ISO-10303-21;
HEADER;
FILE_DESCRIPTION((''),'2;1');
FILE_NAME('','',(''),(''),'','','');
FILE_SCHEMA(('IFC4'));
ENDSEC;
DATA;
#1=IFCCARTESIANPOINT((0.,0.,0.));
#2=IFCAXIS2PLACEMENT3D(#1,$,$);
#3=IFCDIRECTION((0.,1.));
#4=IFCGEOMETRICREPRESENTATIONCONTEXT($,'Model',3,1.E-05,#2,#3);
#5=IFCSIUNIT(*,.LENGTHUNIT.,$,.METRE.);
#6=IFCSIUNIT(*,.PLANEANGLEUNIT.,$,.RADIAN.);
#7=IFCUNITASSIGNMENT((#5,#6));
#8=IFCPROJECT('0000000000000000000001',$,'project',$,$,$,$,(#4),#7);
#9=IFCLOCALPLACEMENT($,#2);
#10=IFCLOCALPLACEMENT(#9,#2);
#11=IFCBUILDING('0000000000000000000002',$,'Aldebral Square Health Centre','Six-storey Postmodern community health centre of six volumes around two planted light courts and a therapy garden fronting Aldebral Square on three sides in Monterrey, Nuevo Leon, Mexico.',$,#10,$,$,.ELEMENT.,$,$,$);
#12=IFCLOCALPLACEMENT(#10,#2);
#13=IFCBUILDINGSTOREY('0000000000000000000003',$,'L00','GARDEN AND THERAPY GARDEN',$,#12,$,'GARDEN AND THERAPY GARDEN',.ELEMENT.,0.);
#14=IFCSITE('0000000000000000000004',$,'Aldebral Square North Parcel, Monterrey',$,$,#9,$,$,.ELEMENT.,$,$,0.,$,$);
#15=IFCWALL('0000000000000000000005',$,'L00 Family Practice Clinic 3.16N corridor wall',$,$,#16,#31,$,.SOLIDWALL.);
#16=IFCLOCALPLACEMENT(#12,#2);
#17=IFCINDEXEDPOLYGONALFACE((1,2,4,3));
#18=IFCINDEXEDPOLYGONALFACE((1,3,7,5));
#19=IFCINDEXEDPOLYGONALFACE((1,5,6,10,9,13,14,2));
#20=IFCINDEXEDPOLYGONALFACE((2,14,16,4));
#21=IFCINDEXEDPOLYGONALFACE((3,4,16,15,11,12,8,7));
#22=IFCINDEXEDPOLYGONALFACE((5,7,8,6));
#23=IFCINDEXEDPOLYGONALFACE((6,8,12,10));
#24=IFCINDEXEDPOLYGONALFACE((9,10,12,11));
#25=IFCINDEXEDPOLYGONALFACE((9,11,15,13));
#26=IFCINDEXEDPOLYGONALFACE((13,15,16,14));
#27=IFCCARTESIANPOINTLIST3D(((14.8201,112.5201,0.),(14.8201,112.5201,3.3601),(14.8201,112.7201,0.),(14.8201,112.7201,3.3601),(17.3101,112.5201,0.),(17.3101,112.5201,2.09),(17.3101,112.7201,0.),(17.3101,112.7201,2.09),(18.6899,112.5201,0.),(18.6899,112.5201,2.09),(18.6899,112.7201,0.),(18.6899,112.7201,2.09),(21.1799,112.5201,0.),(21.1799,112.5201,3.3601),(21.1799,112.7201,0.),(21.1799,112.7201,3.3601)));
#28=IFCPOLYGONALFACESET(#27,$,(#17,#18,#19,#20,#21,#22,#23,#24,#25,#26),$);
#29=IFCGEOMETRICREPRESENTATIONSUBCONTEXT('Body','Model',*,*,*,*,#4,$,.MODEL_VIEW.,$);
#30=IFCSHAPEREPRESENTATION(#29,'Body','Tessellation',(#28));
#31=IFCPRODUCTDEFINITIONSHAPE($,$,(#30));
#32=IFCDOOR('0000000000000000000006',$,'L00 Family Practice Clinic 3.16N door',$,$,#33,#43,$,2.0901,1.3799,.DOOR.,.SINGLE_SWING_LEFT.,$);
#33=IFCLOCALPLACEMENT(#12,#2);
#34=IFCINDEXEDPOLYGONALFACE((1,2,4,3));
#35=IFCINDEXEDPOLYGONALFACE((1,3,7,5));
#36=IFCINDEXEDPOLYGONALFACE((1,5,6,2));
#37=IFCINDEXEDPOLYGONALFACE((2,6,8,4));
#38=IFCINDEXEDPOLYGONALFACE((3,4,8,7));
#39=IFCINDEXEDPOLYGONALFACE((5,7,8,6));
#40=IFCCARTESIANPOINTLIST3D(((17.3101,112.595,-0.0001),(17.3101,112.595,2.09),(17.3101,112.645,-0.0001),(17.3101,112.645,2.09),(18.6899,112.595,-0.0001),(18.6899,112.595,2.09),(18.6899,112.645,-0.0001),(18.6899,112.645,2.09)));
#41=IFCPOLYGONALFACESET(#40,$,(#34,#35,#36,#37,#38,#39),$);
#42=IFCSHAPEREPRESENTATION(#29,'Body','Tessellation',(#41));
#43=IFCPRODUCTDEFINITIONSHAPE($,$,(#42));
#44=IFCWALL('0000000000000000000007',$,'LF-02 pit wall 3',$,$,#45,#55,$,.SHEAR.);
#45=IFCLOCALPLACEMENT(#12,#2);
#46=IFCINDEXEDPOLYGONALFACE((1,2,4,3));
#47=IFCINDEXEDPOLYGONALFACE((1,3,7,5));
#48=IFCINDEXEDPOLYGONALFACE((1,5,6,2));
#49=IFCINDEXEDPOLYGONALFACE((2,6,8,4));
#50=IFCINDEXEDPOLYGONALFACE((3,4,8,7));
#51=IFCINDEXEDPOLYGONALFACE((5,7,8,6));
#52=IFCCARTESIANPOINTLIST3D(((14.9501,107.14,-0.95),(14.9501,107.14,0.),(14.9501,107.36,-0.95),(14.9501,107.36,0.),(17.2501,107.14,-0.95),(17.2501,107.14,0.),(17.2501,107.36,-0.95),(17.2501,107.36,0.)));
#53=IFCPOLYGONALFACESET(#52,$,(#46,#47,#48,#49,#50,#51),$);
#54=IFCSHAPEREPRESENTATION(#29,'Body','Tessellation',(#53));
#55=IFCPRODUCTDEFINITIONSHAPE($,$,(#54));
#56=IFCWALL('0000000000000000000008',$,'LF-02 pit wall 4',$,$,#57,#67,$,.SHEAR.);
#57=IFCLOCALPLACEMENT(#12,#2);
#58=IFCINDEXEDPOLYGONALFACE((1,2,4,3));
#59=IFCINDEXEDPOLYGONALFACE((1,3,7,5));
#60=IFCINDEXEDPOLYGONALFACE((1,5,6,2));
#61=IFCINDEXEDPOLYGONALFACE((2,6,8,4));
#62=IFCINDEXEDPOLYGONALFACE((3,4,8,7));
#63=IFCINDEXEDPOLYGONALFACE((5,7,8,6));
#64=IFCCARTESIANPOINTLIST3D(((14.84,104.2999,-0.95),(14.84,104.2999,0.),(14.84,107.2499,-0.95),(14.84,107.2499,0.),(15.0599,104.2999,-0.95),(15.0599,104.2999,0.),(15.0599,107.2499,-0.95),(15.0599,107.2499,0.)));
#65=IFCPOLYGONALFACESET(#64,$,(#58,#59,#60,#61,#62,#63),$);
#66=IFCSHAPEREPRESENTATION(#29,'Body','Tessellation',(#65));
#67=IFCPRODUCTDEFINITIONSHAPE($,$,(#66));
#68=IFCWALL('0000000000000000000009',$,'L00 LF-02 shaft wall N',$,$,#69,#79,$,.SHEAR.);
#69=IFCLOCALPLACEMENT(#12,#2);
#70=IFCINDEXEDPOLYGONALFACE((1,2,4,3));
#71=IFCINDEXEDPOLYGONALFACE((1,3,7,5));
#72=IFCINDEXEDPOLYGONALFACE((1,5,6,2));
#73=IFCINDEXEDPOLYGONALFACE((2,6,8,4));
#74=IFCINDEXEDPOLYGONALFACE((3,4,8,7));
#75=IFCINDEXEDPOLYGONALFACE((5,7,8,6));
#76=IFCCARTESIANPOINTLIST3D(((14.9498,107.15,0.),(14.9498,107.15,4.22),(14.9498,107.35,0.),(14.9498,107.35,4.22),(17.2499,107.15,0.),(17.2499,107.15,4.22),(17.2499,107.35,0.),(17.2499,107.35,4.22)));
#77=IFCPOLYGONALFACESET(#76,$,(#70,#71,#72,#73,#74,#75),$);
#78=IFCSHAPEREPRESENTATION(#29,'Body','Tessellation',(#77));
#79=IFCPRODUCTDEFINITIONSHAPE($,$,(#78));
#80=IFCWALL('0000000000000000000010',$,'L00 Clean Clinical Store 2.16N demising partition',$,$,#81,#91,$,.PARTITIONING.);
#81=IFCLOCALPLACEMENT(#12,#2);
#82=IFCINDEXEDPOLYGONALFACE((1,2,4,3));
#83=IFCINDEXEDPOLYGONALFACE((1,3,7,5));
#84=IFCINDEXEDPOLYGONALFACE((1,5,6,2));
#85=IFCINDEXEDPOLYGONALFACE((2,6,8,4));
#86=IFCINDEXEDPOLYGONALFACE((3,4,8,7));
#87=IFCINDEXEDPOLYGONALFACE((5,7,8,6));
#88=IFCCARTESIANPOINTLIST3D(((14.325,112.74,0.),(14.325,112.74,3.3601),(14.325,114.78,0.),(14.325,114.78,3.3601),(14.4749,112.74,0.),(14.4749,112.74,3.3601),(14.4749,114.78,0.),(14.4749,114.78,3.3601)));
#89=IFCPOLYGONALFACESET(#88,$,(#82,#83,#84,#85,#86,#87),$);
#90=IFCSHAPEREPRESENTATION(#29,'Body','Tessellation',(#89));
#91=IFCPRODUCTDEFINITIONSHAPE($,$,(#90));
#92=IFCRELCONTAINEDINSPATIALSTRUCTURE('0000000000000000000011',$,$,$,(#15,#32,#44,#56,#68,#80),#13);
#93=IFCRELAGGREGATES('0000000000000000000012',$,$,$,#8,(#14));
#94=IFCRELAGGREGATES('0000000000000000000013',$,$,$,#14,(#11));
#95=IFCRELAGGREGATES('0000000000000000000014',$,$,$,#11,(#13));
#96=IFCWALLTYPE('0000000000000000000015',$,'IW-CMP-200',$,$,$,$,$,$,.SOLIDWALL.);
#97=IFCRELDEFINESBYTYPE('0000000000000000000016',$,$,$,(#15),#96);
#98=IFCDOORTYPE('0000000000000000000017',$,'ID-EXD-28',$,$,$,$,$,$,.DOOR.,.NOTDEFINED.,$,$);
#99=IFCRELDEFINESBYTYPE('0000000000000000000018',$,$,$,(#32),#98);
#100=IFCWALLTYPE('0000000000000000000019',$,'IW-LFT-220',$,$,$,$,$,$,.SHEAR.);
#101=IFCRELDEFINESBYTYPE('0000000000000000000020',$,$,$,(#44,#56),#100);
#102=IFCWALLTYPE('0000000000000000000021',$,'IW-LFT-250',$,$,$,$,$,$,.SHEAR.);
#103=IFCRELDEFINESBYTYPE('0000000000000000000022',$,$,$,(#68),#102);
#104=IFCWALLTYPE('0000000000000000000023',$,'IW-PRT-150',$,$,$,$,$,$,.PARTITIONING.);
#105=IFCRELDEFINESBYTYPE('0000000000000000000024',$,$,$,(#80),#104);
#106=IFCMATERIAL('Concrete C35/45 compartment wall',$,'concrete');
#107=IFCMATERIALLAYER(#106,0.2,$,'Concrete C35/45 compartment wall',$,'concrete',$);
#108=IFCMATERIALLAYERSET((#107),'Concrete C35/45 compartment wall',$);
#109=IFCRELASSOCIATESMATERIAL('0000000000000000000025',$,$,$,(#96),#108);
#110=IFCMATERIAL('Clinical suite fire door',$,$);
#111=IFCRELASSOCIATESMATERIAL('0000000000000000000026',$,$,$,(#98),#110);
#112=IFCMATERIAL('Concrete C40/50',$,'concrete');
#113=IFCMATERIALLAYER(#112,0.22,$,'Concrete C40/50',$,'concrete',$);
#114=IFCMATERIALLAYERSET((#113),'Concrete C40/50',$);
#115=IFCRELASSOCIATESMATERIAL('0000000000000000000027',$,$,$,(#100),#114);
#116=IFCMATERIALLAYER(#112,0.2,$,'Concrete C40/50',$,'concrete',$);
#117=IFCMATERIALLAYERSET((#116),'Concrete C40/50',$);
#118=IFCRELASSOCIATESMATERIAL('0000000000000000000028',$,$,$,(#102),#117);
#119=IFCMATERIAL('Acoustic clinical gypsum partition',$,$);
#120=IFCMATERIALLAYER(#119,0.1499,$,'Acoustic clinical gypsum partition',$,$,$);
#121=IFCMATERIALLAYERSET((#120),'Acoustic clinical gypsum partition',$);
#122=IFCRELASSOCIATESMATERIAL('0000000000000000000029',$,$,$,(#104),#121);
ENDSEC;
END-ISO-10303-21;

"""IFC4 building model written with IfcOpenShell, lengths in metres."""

from ifc_helpers import new_model, si_unit, direction, frame, frame_2d, origin, place, context, subcontext, project, spatial, rectangle, extrude, material, layer, layer_set, type_object, element, fill, save


model = new_model("IFC4")

# Units and contexts
model_context = context("Model", 3, precision=1e-05, world=origin(), true_north=direction((0.0, 1.0)))
body_context = subcontext(model_context, "Body", "Model", "MODEL_VIEW")
ifc_project = project(units=[si_unit("LENGTHUNIT", "METRE"), si_unit("PLANEANGLEUNIT", "RADIAN")], contexts=[model_context])

# Site, building, storey
site_placement = place(None, origin())
site = spatial("IfcSite", under=ifc_project, at=site_placement, Name="Aldebral Square North Parcel, Monterrey", CompositionType="ELEMENT", RefElevation=0.0)
building_placement = place(site_placement, origin())
building = spatial("IfcBuilding", under=site, at=building_placement, Name="Aldebral Square Health Centre", Description="Six-storey Postmodern community health centre of six volumes around two planted light courts and a therapy garden fronting Aldebral Square on three sides in Monterrey, Nuevo Leon, Mexico.", CompositionType="ELEMENT")
storey_placement = place(building_placement, origin())
storey = spatial("IfcBuildingStorey", under=building, at=storey_placement, Name="L00", Description="GARDEN AND THERAPY GARDEN", LongName="GARDEN AND THERAPY GARDEN", CompositionType="ELEMENT", Elevation=0.0)

# Shared definitions
ifc_material_1 = material(Name="Concrete C40/50", Category="concrete")

# Wall, opening, door
ifc_material_2 = material(Name="Concrete C35/45 compartment wall", Category="concrete")
ifc_layer_1 = layer(ifc_material_2, 0.2, Name="Concrete C35/45 compartment wall", Category="concrete")
ifc_layer_set_1 = layer_set([ifc_layer_1], Name="Concrete C35/45 compartment wall")
wall_type_1 = type_object("IfcWallType", Name="IW-CMP-200", PredefinedType="SOLIDWALL", material=ifc_layer_set_1)
ifc_material_3 = material(Name="Clinical suite fire door")
wall_1_placement = place(storey_placement, frame((14.8201, 112.6201, 0.0), z_axis=(0.0, 0.0, 1.0), x_axis=(1.0, 0.0, 0.0)))
wall_1 = element("IfcWall", 1, at=wall_1_placement, inside=storey, type_object=wall_type_1, Name="L00 Family Practice Clinic 3.16N corridor wall", PredefinedType="SOLIDWALL", context=body_context, shape_type="SweptSolid", body=[
    extrude(rectangle(XDim=6.3599, YDim=0.2, at=frame_2d((3.1799, 0.0))), origin(), (0.0, 0.0, 1.0), 3.3601),
])
opening_1_placement = place(wall_1_placement, frame((2.49, 0.0, 0.0)))
opening_1 = element("IfcOpeningElement", 2, at=opening_1_placement, cuts=wall_1, PredefinedType="OPENING", context=body_context, shape_type="SweptSolid", body=[
    extrude(rectangle(XDim=1.3799, YDim=2.0901, at=frame_2d((0.6899, 1.0449))), frame((0.0, 0.1099, 0.0), z_axis=(0.0, -1.0, 0.0), x_axis=(1.0, 0.0, 0.0)), (0.0, 0.0, 1.0), 0.22),
])
door_type_1 = type_object("IfcDoorType", Name="ID-EXD-28", OperationType="NOTDEFINED", PredefinedType="DOOR", material=ifc_material_3)
door_1_placement = place(opening_1_placement, origin())
door_1 = element("IfcDoor", 3, at=door_1_placement, inside=storey, type_object=door_type_1, Name="L00 Family Practice Clinic 3.16N door", OperationType="SINGLE_SWING_LEFT", OverallHeight=2.0901, OverallWidth=1.3799, PredefinedType="DOOR", context=body_context, shape_type="SweptSolid", body=[
    extrude(rectangle(XDim=1.3799, YDim=2.0901, at=frame_2d((0.6899, 1.0449))), frame((0.0, 0.0249, 0.0), z_axis=(0.0, -1.0, 0.0), x_axis=(1.0, 0.0, 0.0)), (0.0, 0.0, 1.0), 0.05),
])
fill(opening_1, door_1)

# Walls
ifc_layer_2 = layer(ifc_material_1, 0.22, Name="Concrete C40/50", Category="concrete")
ifc_layer_set_2 = layer_set([ifc_layer_2], Name="Concrete C40/50")
wall_type_2 = type_object("IfcWallType", Name="IW-LFT-220", PredefinedType="SHEAR", material=ifc_layer_set_2)
wall_2_placement = place(storey_placement, frame((17.25, 107.25, -0.95), z_axis=(0.0, 0.0, 1.0), x_axis=(-1.0, 0.0, 0.0)))
element("IfcWall", 4, at=wall_2_placement, inside=storey, type_object=wall_type_2, Name="LF-02 pit wall 3", PredefinedType="SHEAR", context=body_context, shape_type="SweptSolid", body=[
    extrude(rectangle(XDim=2.3, YDim=0.22, at=frame_2d((1.1499, 0.0))), origin(), (0.0, 0.0, 1.0), 0.95),
])
wall_3_placement = place(storey_placement, frame((14.95, 107.25, -0.95), z_axis=(0.0, 0.0, 1.0), x_axis=(0.0, -1.0, 0.0)))
element("IfcWall", 5, at=wall_3_placement, inside=storey, type_object=wall_type_2, Name="LF-02 pit wall 4", PredefinedType="SHEAR", context=body_context, shape_type="SweptSolid", body=[
    extrude(rectangle(XDim=2.95, YDim=0.22, at=frame_2d((1.4751, 0.0))), origin(), (0.0, 0.0, 1.0), 0.95),
])
ifc_layer_3 = layer(ifc_material_1, 0.2, Name="Concrete C40/50", Category="concrete")
ifc_layer_set_3 = layer_set([ifc_layer_3], Name="Concrete C40/50")
wall_type_3 = type_object("IfcWallType", Name="IW-LFT-250", PredefinedType="SHEAR", material=ifc_layer_set_3)
wall_4_placement = place(storey_placement, frame((14.95, 107.25, 0.0), z_axis=(0.0, 0.0, 1.0), x_axis=(1.0, 0.0, 0.0)))
element("IfcWall", 6, at=wall_4_placement, inside=storey, type_object=wall_type_3, Name="L00 LF-02 shaft wall N", PredefinedType="SHEAR", context=body_context, shape_type="SweptSolid", body=[
    extrude(rectangle(XDim=2.3, YDim=0.2, at=frame_2d((1.1499, 0.0))), origin(), (0.0, 0.0, 1.0), 4.22),
])
ifc_material_4 = material(Name="Acoustic clinical gypsum partition")
ifc_layer_4 = layer(ifc_material_4, 0.1499, Name="Acoustic clinical gypsum partition")
ifc_layer_set_4 = layer_set([ifc_layer_4], Name="Acoustic clinical gypsum partition")
wall_type_4 = type_object("IfcWallType", Name="IW-PRT-150", PredefinedType="PARTITIONING", material=ifc_layer_set_4)
wall_5_placement = place(storey_placement, frame((14.3999, 112.74, 0.0), z_axis=(0.0, 0.0, 1.0), x_axis=(0.0, 1.0, 0.0)))
element("IfcWall", 7, at=wall_5_placement, inside=storey, type_object=wall_type_4, Name="L00 Clean Clinical Store 2.16N demising partition", PredefinedType="PARTITIONING", context=body_context, shape_type="SweptSolid", body=[
    extrude(rectangle(XDim=2.04, YDim=0.1499, at=frame_2d((1.02, 0.0))), origin(), (0.0, 0.0, 1.0), 3.3601),
])

save(model, "model.ifc")
